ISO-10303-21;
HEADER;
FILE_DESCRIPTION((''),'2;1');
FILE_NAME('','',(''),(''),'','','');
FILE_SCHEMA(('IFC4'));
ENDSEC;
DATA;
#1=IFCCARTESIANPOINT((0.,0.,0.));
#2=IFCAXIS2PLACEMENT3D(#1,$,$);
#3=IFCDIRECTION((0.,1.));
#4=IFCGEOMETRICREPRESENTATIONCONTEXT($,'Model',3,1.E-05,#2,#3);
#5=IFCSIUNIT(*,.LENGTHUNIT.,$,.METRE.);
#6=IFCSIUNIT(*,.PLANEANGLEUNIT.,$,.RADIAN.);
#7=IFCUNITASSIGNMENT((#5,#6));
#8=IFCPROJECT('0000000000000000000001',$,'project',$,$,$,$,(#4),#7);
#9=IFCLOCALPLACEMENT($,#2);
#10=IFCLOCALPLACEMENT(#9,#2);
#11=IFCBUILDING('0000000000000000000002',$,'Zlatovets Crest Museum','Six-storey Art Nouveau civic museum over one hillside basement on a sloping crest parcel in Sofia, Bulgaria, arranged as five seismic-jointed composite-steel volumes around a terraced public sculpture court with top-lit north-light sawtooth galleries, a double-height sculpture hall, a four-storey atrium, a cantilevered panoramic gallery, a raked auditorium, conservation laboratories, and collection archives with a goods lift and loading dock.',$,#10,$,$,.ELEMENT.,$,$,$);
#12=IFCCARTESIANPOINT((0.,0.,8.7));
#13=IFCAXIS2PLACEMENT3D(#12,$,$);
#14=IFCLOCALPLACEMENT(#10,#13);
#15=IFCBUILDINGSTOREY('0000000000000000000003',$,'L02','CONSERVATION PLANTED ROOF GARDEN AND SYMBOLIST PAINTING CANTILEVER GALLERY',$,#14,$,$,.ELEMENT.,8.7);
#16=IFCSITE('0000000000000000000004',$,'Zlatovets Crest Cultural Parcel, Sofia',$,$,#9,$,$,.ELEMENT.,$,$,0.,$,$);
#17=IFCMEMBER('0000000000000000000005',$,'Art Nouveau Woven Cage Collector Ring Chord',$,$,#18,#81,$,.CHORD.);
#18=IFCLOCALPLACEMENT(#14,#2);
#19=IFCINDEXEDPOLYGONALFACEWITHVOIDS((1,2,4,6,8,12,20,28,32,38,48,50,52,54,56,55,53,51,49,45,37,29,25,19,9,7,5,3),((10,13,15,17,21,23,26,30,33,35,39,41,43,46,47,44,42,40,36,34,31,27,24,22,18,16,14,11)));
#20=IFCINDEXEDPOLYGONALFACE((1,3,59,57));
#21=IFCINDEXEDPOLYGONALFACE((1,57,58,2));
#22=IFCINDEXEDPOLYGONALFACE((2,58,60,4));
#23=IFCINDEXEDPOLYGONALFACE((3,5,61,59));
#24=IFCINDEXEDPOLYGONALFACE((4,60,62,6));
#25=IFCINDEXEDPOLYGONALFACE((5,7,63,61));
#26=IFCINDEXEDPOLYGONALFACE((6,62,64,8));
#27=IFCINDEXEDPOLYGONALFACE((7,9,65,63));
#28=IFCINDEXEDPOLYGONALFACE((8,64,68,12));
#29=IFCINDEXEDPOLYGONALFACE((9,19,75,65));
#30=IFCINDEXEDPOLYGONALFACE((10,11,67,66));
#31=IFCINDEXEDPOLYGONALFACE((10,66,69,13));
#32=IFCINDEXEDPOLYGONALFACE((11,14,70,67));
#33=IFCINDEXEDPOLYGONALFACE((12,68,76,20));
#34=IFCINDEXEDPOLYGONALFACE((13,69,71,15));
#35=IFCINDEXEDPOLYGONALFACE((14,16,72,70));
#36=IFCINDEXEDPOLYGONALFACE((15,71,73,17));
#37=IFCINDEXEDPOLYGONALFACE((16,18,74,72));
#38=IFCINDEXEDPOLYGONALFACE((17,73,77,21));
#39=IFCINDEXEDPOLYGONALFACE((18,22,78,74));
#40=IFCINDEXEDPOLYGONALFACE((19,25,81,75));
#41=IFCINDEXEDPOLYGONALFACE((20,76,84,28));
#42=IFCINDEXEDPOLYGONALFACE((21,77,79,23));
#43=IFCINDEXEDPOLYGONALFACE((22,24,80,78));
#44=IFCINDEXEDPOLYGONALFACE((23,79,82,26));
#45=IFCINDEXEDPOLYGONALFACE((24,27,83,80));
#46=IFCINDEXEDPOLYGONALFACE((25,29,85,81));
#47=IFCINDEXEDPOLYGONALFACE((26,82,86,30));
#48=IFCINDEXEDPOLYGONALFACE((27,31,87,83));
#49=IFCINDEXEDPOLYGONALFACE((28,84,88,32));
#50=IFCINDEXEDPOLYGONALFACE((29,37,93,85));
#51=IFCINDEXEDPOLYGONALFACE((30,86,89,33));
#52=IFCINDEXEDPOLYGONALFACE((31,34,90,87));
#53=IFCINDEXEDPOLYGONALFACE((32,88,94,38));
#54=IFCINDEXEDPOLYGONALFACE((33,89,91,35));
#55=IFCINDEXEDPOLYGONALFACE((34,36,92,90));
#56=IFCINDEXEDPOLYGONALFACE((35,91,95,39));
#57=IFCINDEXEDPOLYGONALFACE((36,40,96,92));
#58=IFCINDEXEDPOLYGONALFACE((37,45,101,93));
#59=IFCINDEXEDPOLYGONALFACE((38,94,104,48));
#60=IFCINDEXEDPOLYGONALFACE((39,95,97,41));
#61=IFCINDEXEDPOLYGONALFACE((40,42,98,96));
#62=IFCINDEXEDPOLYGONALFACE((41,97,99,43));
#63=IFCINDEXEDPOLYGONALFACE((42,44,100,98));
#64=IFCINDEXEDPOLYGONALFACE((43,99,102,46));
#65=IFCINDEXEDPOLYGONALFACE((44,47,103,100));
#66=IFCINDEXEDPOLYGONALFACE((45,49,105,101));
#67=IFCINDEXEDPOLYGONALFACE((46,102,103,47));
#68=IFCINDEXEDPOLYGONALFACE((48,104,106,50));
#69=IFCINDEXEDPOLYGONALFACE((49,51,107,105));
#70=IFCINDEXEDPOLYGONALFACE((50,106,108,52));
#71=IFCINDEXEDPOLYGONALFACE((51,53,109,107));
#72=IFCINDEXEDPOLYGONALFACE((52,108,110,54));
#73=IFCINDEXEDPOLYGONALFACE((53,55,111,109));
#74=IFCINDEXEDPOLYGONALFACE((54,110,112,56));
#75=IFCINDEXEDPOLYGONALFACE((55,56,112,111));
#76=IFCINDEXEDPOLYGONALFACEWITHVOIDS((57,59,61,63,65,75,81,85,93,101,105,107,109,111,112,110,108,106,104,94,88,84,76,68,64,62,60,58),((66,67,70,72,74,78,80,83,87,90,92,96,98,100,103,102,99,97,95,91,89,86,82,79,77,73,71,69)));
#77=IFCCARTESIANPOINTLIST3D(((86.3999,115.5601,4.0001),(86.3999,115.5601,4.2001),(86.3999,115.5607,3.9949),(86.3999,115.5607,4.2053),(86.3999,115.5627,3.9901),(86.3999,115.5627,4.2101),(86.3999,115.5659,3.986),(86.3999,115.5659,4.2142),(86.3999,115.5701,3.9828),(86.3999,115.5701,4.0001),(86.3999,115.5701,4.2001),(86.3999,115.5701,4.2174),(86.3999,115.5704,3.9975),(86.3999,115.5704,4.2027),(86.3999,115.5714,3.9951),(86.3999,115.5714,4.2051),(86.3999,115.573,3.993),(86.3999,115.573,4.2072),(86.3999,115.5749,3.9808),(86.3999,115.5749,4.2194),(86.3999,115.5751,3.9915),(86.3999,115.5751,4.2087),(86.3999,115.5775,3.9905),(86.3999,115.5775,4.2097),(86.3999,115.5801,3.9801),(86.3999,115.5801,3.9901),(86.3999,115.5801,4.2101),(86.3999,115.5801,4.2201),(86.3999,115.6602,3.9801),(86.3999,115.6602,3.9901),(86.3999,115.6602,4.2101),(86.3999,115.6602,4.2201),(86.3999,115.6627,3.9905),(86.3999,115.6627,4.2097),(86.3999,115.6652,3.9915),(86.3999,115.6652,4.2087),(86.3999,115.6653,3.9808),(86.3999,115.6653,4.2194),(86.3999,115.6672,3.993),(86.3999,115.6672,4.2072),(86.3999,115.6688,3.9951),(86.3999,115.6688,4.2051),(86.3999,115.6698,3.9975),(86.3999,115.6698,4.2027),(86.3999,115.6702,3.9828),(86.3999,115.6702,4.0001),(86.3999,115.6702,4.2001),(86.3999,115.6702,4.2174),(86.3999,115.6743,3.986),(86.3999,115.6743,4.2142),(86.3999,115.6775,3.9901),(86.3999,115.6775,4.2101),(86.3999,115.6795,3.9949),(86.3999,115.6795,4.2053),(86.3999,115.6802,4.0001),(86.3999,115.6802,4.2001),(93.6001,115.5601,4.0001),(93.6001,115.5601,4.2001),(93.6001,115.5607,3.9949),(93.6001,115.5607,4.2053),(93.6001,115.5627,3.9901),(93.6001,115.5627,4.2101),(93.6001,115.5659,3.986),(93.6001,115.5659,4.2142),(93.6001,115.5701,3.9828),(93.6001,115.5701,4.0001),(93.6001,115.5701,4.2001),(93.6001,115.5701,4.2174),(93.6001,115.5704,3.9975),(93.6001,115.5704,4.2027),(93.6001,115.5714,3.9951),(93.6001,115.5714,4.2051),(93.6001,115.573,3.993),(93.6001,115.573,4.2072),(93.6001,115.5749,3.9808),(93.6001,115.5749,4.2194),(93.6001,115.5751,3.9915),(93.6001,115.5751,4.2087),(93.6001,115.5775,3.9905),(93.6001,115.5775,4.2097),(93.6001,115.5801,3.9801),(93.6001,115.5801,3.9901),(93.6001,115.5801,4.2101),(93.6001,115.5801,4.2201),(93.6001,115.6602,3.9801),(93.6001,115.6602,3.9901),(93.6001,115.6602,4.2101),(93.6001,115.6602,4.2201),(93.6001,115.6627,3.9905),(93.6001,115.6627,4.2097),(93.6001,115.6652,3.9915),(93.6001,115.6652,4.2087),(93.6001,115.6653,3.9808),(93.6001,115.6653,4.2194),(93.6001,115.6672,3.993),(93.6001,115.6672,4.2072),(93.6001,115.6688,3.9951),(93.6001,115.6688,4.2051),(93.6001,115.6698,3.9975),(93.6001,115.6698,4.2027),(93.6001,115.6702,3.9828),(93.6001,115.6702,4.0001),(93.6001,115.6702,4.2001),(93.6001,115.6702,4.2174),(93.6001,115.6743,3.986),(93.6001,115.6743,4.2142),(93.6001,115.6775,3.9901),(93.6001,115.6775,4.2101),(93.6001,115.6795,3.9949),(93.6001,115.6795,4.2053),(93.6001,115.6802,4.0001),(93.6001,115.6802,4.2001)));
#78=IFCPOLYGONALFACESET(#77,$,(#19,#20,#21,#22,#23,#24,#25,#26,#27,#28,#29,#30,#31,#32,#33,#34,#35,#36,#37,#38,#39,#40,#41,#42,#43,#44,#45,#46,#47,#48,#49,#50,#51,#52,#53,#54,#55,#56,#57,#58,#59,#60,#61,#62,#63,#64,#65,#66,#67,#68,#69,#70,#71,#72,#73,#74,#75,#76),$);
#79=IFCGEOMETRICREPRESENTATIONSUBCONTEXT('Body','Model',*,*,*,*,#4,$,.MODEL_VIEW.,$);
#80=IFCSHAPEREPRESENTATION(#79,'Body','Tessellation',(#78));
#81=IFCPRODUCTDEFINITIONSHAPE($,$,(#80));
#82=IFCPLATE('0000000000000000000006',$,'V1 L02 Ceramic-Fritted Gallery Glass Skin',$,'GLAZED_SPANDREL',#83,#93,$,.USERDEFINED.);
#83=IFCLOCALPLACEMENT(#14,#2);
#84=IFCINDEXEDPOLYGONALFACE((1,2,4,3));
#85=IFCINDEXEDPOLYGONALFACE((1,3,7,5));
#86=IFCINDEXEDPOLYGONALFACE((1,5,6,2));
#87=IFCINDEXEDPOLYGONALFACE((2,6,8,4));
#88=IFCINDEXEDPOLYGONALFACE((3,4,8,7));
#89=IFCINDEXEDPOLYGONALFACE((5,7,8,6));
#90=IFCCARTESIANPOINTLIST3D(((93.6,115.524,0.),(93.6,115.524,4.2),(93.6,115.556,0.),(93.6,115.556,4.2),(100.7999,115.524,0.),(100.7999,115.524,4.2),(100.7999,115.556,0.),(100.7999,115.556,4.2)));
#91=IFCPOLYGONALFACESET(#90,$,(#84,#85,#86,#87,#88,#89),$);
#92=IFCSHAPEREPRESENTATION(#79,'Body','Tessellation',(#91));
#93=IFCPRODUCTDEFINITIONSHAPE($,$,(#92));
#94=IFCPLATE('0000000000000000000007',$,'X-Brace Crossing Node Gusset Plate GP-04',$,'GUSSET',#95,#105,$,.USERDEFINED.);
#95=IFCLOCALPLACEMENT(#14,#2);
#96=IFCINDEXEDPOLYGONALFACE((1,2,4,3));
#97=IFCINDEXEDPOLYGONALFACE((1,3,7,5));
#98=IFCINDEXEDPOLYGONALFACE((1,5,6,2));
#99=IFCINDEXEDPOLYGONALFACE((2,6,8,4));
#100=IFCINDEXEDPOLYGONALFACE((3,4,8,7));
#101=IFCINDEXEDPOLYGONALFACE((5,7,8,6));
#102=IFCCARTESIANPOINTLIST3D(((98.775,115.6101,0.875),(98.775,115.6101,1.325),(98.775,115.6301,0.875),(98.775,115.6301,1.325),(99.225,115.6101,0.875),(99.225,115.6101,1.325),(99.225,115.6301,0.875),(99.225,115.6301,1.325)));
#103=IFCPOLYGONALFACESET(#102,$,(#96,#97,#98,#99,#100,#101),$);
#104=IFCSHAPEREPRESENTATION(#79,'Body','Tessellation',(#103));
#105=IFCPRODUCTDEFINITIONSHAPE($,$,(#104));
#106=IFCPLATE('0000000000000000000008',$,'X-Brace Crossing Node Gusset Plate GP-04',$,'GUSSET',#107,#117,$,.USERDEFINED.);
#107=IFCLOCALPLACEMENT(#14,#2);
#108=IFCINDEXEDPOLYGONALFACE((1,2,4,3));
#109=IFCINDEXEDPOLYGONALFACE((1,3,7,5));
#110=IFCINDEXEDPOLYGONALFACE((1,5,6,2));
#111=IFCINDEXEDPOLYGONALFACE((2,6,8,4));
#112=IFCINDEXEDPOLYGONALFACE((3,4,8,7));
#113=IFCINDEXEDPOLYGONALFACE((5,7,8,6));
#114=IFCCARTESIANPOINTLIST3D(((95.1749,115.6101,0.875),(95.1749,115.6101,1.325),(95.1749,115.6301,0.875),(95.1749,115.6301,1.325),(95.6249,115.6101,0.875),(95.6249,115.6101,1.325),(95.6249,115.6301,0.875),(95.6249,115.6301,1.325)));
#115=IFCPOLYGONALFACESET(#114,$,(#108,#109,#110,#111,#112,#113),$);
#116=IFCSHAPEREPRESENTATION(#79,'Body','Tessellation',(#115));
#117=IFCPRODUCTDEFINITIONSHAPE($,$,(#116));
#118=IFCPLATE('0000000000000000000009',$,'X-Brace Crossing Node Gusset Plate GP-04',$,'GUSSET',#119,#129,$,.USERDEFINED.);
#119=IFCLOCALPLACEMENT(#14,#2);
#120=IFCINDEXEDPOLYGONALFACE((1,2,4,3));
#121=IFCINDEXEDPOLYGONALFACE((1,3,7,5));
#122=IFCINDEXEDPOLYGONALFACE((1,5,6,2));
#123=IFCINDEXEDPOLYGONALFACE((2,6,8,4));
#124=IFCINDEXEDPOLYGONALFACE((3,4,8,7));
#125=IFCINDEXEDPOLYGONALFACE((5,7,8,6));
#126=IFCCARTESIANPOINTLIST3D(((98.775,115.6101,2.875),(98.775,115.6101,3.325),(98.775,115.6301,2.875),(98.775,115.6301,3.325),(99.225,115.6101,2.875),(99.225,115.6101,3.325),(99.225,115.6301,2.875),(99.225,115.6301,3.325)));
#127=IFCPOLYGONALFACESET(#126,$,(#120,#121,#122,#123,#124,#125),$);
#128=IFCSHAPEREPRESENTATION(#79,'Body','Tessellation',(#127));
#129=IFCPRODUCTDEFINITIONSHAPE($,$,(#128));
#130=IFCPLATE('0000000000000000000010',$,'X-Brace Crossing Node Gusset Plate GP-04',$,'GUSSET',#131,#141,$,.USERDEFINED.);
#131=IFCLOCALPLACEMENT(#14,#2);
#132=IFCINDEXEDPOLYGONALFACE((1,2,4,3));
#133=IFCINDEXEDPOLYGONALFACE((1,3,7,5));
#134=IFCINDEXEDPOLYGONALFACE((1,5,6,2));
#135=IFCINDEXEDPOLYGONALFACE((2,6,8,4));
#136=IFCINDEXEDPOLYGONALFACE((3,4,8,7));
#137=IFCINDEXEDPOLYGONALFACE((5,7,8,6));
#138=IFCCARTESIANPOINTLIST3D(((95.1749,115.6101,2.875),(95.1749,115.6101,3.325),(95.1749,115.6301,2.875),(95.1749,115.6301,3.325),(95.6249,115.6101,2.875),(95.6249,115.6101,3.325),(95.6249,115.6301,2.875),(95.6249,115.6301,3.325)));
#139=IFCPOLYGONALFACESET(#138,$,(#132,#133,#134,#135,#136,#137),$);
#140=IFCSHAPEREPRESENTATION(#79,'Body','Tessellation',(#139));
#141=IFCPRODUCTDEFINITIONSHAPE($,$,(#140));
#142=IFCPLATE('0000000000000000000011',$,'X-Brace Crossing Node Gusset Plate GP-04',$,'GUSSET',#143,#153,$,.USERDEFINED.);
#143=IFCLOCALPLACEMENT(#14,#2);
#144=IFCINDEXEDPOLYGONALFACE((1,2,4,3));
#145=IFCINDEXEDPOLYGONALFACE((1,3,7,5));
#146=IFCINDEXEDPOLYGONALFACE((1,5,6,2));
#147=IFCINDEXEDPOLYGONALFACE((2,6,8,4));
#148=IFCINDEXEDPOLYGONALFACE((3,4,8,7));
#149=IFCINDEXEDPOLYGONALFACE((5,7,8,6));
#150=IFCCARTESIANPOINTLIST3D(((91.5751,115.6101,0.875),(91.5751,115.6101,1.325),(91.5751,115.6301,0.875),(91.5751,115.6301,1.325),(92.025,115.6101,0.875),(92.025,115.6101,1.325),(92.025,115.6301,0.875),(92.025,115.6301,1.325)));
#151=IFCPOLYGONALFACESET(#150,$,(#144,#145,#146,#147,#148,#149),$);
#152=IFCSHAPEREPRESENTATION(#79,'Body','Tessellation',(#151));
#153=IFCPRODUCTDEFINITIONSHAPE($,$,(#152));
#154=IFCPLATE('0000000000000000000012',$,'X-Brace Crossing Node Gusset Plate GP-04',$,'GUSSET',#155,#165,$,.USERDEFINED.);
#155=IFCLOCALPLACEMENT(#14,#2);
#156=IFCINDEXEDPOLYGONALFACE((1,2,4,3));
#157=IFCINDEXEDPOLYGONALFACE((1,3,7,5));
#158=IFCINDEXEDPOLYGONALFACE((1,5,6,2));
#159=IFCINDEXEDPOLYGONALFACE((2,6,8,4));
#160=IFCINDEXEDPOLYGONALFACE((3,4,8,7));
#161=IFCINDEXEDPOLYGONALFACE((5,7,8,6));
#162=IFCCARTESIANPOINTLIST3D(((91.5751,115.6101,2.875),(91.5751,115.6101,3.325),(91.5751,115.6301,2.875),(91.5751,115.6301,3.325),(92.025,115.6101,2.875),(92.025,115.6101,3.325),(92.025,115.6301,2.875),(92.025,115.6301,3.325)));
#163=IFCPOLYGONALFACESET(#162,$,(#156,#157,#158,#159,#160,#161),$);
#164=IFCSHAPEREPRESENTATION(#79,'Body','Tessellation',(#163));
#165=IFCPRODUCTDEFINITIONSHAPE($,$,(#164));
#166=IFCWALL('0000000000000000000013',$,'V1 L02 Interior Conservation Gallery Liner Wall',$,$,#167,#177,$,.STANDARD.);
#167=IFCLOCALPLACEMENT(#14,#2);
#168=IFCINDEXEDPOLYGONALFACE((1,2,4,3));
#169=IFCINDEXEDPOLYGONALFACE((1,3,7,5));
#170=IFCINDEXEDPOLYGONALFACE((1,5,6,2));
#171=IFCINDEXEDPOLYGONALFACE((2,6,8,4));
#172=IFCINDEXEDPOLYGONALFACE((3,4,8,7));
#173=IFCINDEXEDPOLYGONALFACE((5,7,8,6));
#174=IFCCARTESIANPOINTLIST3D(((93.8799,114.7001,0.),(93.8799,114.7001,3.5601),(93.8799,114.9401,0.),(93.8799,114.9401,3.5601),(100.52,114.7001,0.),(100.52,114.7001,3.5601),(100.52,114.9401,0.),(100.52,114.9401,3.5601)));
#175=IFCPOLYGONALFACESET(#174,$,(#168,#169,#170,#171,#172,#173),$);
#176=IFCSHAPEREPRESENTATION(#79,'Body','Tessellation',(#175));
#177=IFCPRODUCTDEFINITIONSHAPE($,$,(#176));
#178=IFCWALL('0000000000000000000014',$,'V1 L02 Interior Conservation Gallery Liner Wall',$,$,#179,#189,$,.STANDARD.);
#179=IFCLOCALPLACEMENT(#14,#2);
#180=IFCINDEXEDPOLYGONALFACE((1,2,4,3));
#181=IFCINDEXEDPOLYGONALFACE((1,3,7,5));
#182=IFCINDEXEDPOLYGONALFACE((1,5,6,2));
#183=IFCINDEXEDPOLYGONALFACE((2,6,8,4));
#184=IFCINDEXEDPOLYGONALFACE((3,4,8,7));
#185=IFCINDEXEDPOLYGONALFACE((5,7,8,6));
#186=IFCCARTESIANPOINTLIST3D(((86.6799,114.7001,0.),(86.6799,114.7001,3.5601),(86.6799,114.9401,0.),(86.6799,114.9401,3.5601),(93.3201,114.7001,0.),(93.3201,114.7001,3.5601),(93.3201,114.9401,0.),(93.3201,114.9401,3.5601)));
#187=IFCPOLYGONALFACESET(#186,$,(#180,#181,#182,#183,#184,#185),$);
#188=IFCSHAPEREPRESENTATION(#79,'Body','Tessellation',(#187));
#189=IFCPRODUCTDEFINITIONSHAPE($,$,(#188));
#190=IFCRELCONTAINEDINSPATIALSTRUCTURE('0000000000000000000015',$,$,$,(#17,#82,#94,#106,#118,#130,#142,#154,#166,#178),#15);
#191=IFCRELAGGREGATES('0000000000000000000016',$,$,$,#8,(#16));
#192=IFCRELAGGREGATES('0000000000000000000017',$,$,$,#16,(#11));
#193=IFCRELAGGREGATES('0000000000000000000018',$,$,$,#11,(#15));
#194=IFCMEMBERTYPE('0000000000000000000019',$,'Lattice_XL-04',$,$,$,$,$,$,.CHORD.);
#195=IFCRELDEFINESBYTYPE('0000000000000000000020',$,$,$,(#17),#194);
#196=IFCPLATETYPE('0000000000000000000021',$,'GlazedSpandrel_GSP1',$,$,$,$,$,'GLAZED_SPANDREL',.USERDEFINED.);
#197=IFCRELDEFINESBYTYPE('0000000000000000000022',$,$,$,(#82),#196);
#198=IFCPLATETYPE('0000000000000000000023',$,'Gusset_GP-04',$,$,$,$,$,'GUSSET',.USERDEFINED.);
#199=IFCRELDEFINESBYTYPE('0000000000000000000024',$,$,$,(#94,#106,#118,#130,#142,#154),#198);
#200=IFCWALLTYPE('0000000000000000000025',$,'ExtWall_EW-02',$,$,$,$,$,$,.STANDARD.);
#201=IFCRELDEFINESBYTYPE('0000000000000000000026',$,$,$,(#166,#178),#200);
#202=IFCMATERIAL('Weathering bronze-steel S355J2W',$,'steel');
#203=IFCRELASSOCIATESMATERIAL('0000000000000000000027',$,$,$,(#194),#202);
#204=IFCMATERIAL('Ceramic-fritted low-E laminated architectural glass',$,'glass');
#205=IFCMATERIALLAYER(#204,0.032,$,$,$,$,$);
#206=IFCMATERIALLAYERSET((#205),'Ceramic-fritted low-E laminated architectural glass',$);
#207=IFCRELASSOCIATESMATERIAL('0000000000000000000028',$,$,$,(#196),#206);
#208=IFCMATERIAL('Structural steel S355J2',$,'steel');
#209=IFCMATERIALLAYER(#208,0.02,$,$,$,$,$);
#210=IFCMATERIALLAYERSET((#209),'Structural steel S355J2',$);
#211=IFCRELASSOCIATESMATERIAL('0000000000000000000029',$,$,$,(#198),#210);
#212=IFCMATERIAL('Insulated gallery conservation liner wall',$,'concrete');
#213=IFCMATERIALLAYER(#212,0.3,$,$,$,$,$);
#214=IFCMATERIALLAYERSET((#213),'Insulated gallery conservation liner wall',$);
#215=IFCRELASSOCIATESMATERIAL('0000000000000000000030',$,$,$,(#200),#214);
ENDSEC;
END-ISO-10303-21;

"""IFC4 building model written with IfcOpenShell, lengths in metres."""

from ifc_helpers import new_model, si_unit, direction, frame, frame_2d, origin, origin_2d, place, context, subcontext, project, spatial, rectangle, hollow_rectangle, extrude, material, layer, layer_set, material_profile, profile_set, type_object, element, save


model = new_model("IFC4")

# Units and contexts
model_context = context("Model", 3, precision=1e-05, world=origin(), true_north=direction((0.0, 1.0)))
body_context = subcontext(model_context, "Body", "Model", "MODEL_VIEW")
ifc_project = project(units=[si_unit("LENGTHUNIT", "METRE"), si_unit("PLANEANGLEUNIT", "RADIAN")], contexts=[model_context])

# Site, building, storey
site_placement = place(None, origin())
site = spatial("IfcSite", under=ifc_project, at=site_placement, Name="Zlatovets Crest Cultural Parcel, Sofia", CompositionType="ELEMENT", RefElevation=0.0)
building_placement = place(site_placement, origin())
building = spatial("IfcBuilding", under=site, at=building_placement, Name="Zlatovets Crest Museum", Description="Six-storey Art Nouveau civic museum over one hillside basement on a sloping crest parcel in Sofia, Bulgaria, arranged as five seismic-jointed composite-steel volumes around a terraced public sculpture court with top-lit north-light sawtooth galleries, a double-height sculpture hall, a four-storey atrium, a cantilevered panoramic gallery, a raked auditorium, conservation laboratories, and collection archives with a goods lift and loading dock.", CompositionType="ELEMENT")
storey_placement = place(building_placement, frame((0.0, 0.0, 8.7)))
storey = spatial("IfcBuildingStorey", under=building, at=storey_placement, Name="L02", Description="CONSERVATION PLANTED ROOF GARDEN AND SYMBOLIST PAINTING CANTILEVER GALLERY", CompositionType="ELEMENT", Elevation=8.7)

# Shared definitions
ifc_material_1 = material(Name="Structural steel S355J2", Category="steel")

# Member
ifc_material_2 = material(Name="Weathering bronze-steel S355J2W", Category="steel")
ifc_material_profile_1 = material_profile(ifc_material_2, hollow_rectangle(XDim=0.1201, YDim=0.24, WallThickness=0.01, InnerFilletRadius=0.01, OuterFilletRadius=0.02, at=origin_2d()), Name="RHS 120x240x10.0")
ifc_profile_set_1 = profile_set([ifc_material_profile_1], Name="Weathering bronze-steel S355J2W")
member_type_1 = type_object("IfcMemberType", Name="Lattice_XL-04", PredefinedType="CHORD", material=ifc_profile_set_1)
member_1_placement = place(storey_placement, frame((93.6001, 115.6201, 4.1001), z_axis=(-1.0, 0.0, 0.0), x_axis=(0.0, -1.0, 0.0)))
element("IfcMember", 1, at=member_1_placement, inside=storey, type_object=member_type_1, Name="Art Nouveau Woven Cage Collector Ring Chord", PredefinedType="CHORD", context=body_context, shape_type="SweptSolid", body=[
    extrude(hollow_rectangle(XDim=0.1201, YDim=0.24, WallThickness=0.01, InnerFilletRadius=0.01, OuterFilletRadius=0.02, at=origin_2d()), origin(), (0.0, 0.0, 1.0), 7.2002),
])

# Plates
ifc_material_3 = material(Name="Ceramic-fritted low-E laminated architectural glass", Category="glass")
ifc_layer_1 = layer(ifc_material_3, 0.032)
ifc_layer_set_1 = layer_set([ifc_layer_1], Name="Ceramic-fritted low-E laminated architectural glass")
plate_type_1 = type_object("IfcPlateType", Name="GlazedSpandrel_GSP1", ElementType="GLAZED_SPANDREL", PredefinedType="USERDEFINED", material=ifc_layer_set_1)
plate_placement = place(storey_placement, frame((97.2, 115.54, 0.0), z_axis=(0.0, 0.0, 1.0), x_axis=(1.0, 0.0, 0.0)))
element("IfcPlate", 2, at=plate_placement, inside=storey, type_object=plate_type_1, Name="V1 L02 Ceramic-Fritted Gallery Glass Skin", ObjectType="GLAZED_SPANDREL", PredefinedType="USERDEFINED", context=body_context, shape_type="SweptSolid", body=[
    extrude(rectangle(XDim=7.2, YDim=0.032, at=origin_2d()), origin(), (0.0, 0.0, 1.0), 4.2),
])
ifc_layer_2 = layer(ifc_material_1, 0.02)
ifc_layer_set_2 = layer_set([ifc_layer_2], Name="Structural steel S355J2")
plate_type_2 = type_object("IfcPlateType", Name="Gusset_GP-04", ElementType="GUSSET", PredefinedType="USERDEFINED", material=ifc_layer_set_2)
for number, where, z_axis, x_axis, name in (
    (3, (99.0, 115.6201, 0.875), (0.0, 0.0, 1.0), (1.0, 0.0, 0.0), "X-Brace Crossing Node Gusset Plate GP-04"),
    (4, (95.3999, 115.6201, 0.875), (0.0, 0.0, 1.0), (1.0, 0.0, 0.0), "X-Brace Crossing Node Gusset Plate GP-04"),
    (5, (99.0, 115.6201, 2.875), (0.0, 0.0, 1.0), (1.0, 0.0, 0.0), "X-Brace Crossing Node Gusset Plate GP-04"),
    (6, (95.3999, 115.6201, 2.875), (0.0, 0.0, 1.0), (1.0, 0.0, 0.0), "X-Brace Crossing Node Gusset Plate GP-04"),
    (7, (91.8, 115.6201, 0.875), (0.0, 0.0, 1.0), (1.0, 0.0, 0.0), "X-Brace Crossing Node Gusset Plate GP-04"),
    (8, (91.8, 115.6201, 2.875), (0.0, 0.0, 1.0), (1.0, 0.0, 0.0), "X-Brace Crossing Node Gusset Plate GP-04"),
):
    element("IfcPlate", number, at=place(storey_placement, frame(where, z_axis=z_axis, x_axis=x_axis)), inside=storey, type_object=plate_type_2, Name=name, ObjectType="GUSSET", PredefinedType="USERDEFINED", context=body_context, shape_type="SweptSolid", body=[
        extrude(rectangle(XDim=0.45, YDim=0.02, at=origin_2d()), origin(), (0.0, 0.0, 1.0), 0.45),
    ])

# Walls
ifc_material_4 = material(Name="Insulated gallery conservation liner wall", Category="concrete")
ifc_layer_3 = layer(ifc_material_4, 0.3)
ifc_layer_set_3 = layer_set([ifc_layer_3], Name="Insulated gallery conservation liner wall")
wall_type_1 = type_object("IfcWallType", Name="ExtWall_EW-02", PredefinedType="STANDARD", material=ifc_layer_set_3)
for number, where, z_axis, x_axis, name in (
    (9, (100.52, 114.8201, 0.0), (0.0, 0.0, 1.0), (-1.0, 0.0, 0.0), "V1 L02 Interior Conservation Gallery Liner Wall"),
    (10, (93.3201, 114.8201, 0.0), (0.0, 0.0, 1.0), (-1.0, 0.0, 0.0), "V1 L02 Interior Conservation Gallery Liner Wall"),
):
    element("IfcWall", number, at=place(storey_placement, frame(where, z_axis=z_axis, x_axis=x_axis)), inside=storey, type_object=wall_type_1, Name=name, PredefinedType="STANDARD", context=body_context, shape_type="SweptSolid", body=[
        extrude(rectangle(XDim=6.6401, YDim=0.24, at=frame_2d((3.3201, 0.0))), origin(), (0.0, 0.0, 1.0), 3.5601),
    ])

save(model, "model.ifc")
